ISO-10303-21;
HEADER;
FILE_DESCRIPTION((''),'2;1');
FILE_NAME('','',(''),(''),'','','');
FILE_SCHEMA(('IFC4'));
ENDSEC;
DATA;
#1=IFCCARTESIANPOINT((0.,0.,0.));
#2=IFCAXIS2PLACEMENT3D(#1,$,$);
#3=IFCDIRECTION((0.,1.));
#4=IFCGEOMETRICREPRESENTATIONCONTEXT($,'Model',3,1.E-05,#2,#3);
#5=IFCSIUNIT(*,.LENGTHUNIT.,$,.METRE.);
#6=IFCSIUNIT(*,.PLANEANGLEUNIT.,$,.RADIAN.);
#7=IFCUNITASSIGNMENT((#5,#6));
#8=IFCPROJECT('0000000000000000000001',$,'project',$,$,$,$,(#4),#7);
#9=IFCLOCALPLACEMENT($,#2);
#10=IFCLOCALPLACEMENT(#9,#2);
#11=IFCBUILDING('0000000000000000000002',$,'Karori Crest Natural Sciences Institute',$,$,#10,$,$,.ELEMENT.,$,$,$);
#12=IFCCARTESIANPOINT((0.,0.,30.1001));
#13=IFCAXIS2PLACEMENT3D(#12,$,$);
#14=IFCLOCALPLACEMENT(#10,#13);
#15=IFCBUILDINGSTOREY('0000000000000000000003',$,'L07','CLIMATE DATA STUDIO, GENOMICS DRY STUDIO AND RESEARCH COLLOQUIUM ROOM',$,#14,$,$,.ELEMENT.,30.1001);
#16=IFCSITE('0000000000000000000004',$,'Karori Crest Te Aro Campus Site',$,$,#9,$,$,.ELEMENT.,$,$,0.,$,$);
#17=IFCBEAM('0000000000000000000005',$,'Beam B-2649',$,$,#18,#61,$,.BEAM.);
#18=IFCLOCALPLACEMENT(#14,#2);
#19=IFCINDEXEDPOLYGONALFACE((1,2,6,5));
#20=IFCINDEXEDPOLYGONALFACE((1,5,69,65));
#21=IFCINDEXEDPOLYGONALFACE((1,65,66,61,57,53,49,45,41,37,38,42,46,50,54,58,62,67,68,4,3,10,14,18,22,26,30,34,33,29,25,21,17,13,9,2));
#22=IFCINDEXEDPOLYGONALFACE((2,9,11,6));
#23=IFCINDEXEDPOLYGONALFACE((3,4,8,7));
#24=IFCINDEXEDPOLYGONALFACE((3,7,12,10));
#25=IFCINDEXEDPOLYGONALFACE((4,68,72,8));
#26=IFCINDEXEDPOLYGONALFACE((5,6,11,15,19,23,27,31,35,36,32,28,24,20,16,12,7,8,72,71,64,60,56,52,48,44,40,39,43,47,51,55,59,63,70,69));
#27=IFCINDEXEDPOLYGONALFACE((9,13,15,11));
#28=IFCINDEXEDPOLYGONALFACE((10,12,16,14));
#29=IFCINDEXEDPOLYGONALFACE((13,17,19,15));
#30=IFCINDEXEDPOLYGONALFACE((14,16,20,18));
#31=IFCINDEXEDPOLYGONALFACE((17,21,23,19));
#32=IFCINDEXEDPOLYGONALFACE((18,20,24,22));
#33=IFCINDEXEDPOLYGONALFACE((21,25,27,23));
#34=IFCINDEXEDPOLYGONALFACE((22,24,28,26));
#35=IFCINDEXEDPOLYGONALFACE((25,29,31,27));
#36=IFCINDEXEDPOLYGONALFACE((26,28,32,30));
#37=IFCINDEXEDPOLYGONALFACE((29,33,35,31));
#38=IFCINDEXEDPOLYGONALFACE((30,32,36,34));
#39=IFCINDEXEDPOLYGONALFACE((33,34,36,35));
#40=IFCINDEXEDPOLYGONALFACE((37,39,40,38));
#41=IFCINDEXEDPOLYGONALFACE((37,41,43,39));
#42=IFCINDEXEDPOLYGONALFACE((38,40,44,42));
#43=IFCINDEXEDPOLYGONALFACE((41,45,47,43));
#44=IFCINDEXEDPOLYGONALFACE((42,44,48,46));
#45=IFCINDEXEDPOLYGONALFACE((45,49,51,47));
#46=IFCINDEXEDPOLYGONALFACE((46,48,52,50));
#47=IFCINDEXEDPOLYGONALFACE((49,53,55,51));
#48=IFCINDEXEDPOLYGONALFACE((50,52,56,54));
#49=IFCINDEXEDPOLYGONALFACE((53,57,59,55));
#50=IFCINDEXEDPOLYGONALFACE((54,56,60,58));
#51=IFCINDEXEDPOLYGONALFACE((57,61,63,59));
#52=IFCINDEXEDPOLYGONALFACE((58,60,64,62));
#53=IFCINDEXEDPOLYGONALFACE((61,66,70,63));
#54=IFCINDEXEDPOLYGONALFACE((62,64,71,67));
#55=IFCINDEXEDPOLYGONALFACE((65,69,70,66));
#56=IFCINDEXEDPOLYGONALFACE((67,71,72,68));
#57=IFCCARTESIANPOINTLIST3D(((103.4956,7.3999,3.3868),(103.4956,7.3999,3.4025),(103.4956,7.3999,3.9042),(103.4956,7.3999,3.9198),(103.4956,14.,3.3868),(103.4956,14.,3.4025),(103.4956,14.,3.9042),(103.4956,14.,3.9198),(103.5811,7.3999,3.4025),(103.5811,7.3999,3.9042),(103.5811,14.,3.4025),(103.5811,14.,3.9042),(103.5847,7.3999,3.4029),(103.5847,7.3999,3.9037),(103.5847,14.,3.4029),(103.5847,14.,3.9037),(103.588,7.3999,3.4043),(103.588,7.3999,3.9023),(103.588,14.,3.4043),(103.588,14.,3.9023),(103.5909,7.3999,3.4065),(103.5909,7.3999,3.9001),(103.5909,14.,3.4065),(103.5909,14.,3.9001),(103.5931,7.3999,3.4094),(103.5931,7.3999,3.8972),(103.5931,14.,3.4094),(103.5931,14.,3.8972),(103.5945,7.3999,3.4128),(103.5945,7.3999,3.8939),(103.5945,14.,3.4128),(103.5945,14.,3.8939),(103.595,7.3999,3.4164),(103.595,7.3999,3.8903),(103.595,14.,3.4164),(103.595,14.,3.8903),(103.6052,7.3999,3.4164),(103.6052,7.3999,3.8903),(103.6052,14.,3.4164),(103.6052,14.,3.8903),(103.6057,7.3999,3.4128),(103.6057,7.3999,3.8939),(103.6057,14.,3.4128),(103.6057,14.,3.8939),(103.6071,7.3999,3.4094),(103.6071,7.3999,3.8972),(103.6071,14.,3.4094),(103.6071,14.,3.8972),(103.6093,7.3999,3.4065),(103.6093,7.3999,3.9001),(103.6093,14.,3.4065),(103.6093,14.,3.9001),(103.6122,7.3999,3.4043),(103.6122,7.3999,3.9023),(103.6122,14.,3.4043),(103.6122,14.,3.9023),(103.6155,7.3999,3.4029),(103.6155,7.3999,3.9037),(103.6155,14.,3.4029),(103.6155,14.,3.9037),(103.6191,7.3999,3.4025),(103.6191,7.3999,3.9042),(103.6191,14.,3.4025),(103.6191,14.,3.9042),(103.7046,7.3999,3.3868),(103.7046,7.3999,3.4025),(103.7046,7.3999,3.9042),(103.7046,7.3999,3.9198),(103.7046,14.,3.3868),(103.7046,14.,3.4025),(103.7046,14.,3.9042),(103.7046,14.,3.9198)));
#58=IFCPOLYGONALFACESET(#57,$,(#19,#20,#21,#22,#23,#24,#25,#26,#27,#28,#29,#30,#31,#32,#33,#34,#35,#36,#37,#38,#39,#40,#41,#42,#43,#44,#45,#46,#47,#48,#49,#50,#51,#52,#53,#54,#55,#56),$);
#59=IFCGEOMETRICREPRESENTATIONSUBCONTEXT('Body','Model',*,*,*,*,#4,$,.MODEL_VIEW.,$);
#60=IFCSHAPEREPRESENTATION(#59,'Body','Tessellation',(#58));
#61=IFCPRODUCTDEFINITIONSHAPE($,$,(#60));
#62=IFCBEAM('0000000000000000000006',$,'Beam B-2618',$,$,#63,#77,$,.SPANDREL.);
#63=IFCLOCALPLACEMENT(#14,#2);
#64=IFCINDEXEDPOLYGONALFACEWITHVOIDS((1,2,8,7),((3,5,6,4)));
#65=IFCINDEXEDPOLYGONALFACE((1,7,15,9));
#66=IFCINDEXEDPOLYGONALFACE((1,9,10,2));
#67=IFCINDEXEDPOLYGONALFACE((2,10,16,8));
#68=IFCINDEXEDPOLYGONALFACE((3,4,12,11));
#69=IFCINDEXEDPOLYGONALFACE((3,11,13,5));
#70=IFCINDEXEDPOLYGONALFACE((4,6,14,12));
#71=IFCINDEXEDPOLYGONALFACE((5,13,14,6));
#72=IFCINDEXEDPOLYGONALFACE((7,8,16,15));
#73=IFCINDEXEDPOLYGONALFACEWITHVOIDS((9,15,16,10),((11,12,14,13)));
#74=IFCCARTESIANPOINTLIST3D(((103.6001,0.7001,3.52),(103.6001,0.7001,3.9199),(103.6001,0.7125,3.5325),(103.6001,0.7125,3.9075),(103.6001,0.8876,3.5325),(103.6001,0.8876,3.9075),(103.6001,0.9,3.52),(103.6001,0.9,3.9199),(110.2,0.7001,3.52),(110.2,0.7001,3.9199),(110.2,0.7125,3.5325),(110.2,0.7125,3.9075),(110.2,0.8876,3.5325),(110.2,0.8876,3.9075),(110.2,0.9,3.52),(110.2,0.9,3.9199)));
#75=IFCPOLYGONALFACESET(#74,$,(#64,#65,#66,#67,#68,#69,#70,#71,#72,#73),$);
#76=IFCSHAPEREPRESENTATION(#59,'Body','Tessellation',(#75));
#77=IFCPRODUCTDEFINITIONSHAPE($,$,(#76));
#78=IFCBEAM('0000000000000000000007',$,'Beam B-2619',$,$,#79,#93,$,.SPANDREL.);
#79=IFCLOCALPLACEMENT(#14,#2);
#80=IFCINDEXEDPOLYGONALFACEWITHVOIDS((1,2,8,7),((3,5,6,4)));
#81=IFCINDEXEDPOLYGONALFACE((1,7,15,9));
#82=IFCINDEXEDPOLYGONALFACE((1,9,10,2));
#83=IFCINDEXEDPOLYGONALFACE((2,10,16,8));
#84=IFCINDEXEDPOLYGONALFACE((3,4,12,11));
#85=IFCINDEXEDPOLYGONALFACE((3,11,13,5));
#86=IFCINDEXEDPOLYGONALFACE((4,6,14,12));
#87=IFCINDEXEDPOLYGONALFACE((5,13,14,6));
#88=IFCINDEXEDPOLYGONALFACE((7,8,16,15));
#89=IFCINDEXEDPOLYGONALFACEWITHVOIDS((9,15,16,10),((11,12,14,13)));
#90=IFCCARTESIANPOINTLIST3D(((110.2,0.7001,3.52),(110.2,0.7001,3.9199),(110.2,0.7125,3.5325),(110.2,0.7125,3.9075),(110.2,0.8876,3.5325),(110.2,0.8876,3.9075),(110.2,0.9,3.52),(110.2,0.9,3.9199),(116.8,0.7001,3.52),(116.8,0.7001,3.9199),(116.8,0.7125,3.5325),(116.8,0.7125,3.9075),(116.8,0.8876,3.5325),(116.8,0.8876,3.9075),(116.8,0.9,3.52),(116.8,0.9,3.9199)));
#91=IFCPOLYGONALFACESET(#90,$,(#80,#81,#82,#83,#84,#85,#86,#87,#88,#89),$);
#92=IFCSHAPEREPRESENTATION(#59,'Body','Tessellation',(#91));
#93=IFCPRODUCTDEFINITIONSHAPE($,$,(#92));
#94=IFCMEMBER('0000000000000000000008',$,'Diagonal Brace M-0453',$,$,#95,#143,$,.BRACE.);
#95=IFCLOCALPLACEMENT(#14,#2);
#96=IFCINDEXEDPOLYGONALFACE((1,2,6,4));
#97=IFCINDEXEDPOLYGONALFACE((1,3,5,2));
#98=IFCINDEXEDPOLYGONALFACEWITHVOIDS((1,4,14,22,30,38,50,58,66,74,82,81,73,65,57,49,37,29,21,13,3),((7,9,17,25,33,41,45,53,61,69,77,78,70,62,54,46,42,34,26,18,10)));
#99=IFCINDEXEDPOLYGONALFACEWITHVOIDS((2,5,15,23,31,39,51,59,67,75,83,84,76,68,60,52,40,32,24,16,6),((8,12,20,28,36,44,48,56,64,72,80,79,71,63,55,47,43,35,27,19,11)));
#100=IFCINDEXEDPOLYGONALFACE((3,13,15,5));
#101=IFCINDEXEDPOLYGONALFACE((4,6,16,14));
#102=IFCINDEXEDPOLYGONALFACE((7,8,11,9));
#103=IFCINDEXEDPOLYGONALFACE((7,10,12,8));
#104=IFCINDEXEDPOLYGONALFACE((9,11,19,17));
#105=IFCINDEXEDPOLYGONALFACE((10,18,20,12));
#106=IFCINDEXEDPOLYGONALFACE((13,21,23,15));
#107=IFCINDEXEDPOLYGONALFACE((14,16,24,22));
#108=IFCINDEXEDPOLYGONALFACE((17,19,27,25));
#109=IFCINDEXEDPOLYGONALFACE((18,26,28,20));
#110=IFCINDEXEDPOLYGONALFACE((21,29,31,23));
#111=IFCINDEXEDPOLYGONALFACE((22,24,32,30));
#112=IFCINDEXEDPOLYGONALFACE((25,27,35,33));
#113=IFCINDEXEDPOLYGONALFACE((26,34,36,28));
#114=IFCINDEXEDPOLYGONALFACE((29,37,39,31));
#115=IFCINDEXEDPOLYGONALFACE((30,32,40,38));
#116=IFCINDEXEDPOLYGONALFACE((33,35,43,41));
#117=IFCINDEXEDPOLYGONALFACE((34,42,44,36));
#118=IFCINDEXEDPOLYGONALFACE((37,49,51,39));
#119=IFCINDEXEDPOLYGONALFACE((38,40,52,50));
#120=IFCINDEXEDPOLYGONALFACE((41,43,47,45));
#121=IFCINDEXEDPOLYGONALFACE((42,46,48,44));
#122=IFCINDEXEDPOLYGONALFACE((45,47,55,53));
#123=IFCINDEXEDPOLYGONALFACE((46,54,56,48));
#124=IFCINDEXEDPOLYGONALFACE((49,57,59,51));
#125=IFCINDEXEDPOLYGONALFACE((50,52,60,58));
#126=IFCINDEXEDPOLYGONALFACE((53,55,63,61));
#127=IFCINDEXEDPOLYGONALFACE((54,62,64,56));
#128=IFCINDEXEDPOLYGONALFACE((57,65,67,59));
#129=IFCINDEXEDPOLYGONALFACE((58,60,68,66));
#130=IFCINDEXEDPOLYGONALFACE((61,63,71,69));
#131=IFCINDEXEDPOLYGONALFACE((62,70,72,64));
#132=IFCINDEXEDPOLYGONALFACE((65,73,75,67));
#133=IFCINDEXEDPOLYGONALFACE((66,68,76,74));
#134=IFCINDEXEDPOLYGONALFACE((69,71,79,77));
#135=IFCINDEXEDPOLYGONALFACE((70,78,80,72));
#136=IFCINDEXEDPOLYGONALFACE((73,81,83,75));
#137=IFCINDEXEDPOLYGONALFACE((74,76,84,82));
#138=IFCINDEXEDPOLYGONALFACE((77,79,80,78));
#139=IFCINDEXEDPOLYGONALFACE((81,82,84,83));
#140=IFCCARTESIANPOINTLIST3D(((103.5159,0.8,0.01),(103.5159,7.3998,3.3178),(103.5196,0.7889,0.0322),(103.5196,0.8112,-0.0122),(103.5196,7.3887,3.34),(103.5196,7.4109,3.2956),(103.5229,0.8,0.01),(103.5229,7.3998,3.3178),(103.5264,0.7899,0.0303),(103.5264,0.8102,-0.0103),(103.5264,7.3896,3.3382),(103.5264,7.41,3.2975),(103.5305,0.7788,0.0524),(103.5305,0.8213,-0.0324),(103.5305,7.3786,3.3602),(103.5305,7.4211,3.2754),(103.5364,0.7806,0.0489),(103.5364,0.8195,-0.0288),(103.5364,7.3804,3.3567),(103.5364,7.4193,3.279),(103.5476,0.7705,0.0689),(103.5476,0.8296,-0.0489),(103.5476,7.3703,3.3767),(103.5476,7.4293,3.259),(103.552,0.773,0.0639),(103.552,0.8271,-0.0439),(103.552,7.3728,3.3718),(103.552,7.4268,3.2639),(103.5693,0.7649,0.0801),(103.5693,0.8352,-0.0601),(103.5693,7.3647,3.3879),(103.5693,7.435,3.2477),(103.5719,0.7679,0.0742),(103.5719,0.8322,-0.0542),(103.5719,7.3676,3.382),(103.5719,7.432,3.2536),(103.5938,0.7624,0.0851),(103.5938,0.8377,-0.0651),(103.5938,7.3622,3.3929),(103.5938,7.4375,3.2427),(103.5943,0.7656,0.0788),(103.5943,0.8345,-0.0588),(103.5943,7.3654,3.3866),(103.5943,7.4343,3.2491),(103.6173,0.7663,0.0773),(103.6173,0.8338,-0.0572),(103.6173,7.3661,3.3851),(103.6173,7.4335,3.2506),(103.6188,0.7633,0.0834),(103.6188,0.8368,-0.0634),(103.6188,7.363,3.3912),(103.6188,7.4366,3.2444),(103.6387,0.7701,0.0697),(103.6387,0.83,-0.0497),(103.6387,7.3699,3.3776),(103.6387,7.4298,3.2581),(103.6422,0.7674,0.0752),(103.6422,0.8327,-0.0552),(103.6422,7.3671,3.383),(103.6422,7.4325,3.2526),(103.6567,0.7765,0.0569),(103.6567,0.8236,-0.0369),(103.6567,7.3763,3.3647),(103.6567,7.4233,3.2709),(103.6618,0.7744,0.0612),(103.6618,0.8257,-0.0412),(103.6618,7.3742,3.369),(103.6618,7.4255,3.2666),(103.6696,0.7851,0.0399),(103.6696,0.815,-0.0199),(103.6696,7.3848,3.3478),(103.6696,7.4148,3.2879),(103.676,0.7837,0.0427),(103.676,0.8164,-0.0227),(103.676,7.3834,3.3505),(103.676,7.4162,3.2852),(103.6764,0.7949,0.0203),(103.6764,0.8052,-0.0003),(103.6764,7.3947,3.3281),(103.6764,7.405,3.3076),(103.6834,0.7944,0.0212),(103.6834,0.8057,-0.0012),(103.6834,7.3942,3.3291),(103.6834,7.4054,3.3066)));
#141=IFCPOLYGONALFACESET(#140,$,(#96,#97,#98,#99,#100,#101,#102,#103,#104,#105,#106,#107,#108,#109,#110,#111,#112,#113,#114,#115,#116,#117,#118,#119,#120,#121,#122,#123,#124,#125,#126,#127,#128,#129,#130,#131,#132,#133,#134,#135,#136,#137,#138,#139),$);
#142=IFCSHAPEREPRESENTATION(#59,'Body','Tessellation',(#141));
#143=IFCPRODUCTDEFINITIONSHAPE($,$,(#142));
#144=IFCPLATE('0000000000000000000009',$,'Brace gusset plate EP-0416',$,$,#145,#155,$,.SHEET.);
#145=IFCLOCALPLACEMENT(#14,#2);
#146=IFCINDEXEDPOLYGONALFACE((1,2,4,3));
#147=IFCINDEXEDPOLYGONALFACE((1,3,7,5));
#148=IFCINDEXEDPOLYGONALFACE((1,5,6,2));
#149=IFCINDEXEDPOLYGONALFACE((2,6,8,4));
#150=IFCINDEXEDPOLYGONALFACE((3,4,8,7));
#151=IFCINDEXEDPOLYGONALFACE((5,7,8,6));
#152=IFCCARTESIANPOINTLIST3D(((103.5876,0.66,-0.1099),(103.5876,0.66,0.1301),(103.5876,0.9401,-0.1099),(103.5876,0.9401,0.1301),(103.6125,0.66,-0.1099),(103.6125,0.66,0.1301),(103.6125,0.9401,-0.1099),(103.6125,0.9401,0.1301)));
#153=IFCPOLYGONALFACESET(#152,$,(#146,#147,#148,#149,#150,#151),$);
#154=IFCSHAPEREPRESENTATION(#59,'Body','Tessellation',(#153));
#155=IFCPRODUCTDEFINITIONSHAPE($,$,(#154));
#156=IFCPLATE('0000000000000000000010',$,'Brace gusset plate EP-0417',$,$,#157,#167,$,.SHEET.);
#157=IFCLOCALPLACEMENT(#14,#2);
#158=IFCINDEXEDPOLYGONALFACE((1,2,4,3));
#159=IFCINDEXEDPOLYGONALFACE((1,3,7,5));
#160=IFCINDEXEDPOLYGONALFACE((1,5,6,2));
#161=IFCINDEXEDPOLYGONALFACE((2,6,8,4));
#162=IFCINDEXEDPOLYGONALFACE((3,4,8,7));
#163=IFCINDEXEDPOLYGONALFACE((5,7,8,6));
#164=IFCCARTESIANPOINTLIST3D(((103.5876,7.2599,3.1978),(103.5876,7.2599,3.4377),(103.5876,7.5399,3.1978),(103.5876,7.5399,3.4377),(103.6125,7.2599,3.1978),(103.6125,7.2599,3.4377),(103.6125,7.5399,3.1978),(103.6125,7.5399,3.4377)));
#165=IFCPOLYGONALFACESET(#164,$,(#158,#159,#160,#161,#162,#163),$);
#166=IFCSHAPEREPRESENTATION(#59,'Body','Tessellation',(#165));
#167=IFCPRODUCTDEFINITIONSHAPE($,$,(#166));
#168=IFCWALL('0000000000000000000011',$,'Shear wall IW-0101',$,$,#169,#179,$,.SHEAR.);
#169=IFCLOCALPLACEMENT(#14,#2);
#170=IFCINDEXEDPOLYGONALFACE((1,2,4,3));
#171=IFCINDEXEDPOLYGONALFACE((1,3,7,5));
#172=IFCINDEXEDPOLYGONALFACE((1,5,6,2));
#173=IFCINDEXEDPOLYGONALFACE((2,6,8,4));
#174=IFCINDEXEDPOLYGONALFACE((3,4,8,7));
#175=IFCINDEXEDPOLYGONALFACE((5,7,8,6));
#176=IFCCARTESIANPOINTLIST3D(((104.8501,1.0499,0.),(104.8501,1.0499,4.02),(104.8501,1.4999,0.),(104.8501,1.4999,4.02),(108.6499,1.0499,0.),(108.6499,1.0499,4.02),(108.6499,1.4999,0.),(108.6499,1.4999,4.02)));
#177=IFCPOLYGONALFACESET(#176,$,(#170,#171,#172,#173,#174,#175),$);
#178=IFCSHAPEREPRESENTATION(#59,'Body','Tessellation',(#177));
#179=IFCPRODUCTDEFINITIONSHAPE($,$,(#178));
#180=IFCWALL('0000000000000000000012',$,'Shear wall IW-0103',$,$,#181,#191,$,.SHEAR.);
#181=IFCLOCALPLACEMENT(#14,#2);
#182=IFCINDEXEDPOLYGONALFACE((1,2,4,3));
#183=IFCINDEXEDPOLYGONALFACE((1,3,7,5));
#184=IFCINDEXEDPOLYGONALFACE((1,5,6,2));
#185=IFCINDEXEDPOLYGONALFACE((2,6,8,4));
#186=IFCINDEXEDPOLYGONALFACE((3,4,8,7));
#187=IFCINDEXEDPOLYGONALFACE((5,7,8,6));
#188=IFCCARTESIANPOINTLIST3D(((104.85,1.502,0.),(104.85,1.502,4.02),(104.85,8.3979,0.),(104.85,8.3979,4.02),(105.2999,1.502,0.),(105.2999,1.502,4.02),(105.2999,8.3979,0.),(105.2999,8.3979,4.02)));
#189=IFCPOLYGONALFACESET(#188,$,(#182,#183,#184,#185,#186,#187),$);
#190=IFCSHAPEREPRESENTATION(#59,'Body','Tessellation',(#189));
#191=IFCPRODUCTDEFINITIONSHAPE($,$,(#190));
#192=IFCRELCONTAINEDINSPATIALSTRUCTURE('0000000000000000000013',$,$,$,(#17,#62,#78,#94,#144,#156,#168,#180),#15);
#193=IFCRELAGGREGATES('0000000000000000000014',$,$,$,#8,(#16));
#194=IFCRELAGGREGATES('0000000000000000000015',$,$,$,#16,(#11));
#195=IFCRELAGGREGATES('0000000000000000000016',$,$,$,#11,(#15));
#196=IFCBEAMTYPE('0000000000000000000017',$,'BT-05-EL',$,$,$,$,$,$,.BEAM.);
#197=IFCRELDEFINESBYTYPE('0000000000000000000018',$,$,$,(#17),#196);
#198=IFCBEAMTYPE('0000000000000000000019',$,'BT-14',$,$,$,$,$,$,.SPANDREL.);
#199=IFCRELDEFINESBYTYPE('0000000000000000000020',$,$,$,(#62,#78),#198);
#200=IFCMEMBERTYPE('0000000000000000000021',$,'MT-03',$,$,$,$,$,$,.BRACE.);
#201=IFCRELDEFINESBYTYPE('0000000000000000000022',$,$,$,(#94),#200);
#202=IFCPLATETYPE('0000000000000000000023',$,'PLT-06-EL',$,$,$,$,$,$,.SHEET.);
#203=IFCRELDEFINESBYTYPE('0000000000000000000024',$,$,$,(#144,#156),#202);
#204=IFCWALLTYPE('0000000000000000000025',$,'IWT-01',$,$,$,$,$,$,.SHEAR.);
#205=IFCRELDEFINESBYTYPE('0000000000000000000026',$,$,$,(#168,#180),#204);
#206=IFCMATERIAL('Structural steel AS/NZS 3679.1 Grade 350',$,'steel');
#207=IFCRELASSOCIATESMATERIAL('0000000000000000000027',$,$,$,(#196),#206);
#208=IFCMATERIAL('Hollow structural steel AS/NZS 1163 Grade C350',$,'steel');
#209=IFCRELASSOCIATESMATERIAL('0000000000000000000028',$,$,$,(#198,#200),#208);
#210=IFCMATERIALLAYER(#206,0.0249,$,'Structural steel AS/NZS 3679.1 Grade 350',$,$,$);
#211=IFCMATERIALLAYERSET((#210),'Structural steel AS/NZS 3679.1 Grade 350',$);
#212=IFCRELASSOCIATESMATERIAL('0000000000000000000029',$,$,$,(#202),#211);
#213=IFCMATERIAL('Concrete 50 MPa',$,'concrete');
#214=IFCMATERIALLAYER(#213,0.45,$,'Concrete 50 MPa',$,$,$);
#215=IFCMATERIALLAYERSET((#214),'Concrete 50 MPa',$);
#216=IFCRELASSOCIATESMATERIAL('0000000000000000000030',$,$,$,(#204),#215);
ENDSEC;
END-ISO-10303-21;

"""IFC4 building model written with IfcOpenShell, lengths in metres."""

from ifc_helpers import new_model, si_unit, direction, frame, frame_2d, origin, origin_2d, place, context, subcontext, project, spatial, rectangle, hollow_rectangle, hollow_circle, i_section, extrude, material, layer, layer_set, material_profile, profile_set, type_object, element, save


model = new_model("IFC4")

# Units and contexts
model_context = context("Model", 3, precision=1e-05, world=origin(), true_north=direction((0.0, 1.0)))
body_context = subcontext(model_context, "Body", "Model", "MODEL_VIEW")
ifc_project = project(units=[si_unit("LENGTHUNIT", "METRE"), si_unit("PLANEANGLEUNIT", "RADIAN")], contexts=[model_context])

# Site, building, storey
site_placement = place(None, origin())
site = spatial("IfcSite", under=ifc_project, at=site_placement, Name="Karori Crest Te Aro Campus Site", CompositionType="ELEMENT", RefElevation=0.0)
building_placement = place(site_placement, origin())
building = spatial("IfcBuilding", under=site, at=building_placement, Name="Karori Crest Natural Sciences Institute", CompositionType="ELEMENT")
storey_placement = place(building_placement, frame((0.0, 0.0, 30.1001)))
storey = spatial("IfcBuildingStorey", under=building, at=storey_placement, Name="L07", Description="CLIMATE DATA STUDIO, GENOMICS DRY STUDIO AND RESEARCH COLLOQUIUM ROOM", CompositionType="ELEMENT", Elevation=30.1001)

# Shared definitions
ifc_material_1 = material(Name="Structural steel AS/NZS 3679.1 Grade 350", Category="steel")
ifc_material_2 = material(Name="Concrete 50 MPa", Category="concrete")

# Beams
ifc_material_profile_1 = material_profile(ifc_material_1, i_section(OverallWidth=0.209, OverallDepth=0.533, WebThickness=0.0103, FlangeThickness=0.0156, FilletRadius=0.0139, at=origin_2d()), Name="530UB92.4")
ifc_profile_set_1 = profile_set([ifc_material_profile_1], Name="Structural steel AS/NZS 3679.1 Grade 350")
beam_type_1 = type_object("IfcBeamType", Name="BT-05-EL", PredefinedType="BEAM", material=ifc_profile_set_1)
beam_1_placement = place(storey_placement, frame((103.6001, 7.3999, 3.6533), z_axis=(0.0, 1.0, 0.0), x_axis=(-1.0, 0.0, 0.0)))
element("IfcBeam", 1, at=beam_1_placement, inside=storey, type_object=beam_type_1, Name="Beam B-2649", PredefinedType="BEAM", context=body_context, shape_type="SweptSolid", body=[
    extrude(i_section(OverallWidth=0.209, OverallDepth=0.533, WebThickness=0.0103, FlangeThickness=0.0156, FilletRadius=0.0139, at=origin_2d()), origin(), (0.0, 0.0, 1.0), 6.6001),
])
ifc_material_3 = material(Name="Hollow structural steel AS/NZS 1163 Grade C350", Category="steel")
ifc_material_profile_2 = material_profile(ifc_material_3, hollow_rectangle(XDim=0.2, YDim=0.3999, WallThickness=0.0125, at=origin_2d()), Name="RHS400x200x12.5")
ifc_profile_set_2 = profile_set([ifc_material_profile_2], Name="Hollow structural steel AS/NZS 1163 Grade C350")
beam_type_2 = type_object("IfcBeamType", Name="BT-14", PredefinedType="SPANDREL", material=ifc_profile_set_2)
beam_2_placement = place(storey_placement, frame((103.6001, 0.8, 3.72), z_axis=(1.0, 0.0, 0.0), x_axis=(0.0, 1.0, 0.0)))
element("IfcBeam", 2, at=beam_2_placement, inside=storey, type_object=beam_type_2, Name="Beam B-2618", PredefinedType="SPANDREL", context=body_context, shape_type="SweptSolid", body=[
    extrude(hollow_rectangle(XDim=0.2, YDim=0.3999, WallThickness=0.0125, at=origin_2d()), origin(), (0.0, 0.0, 1.0), 6.5999),
])
beam_3_placement = place(storey_placement, frame((110.2, 0.8, 3.72), z_axis=(1.0, 0.0, 0.0), x_axis=(0.0, 1.0, 0.0)))
element("IfcBeam", 3, at=beam_3_placement, inside=storey, type_object=beam_type_2, Name="Beam B-2619", PredefinedType="SPANDREL", context=body_context, shape_type="SweptSolid", body=[
    extrude(hollow_rectangle(XDim=0.2, YDim=0.3999, WallThickness=0.0125, at=origin_2d()), origin(), (0.0, 0.0, 1.0), 6.6001),
])

# Member
ifc_material_profile_3 = material_profile(ifc_material_3, hollow_circle(Radius=0.0842, WallThickness=0.0071, at=origin_2d()), Name="CHS168.3x7.1")
ifc_profile_set_3 = profile_set([ifc_material_profile_3], Name="Hollow structural steel AS/NZS 1163 Grade C350")
member_type = type_object("IfcMemberType", Name="MT-03", PredefinedType="BRACE", material=ifc_profile_set_3)
member_placement = place(storey_placement, frame((103.6001, 0.8, 0.01), z_axis=(0.0, 0.893997, 0.448073), x_axis=(-1.0, 0.0, 0.0)))
element("IfcMember", 4, at=member_placement, inside=storey, type_object=member_type, Name="Diagonal Brace M-0453", PredefinedType="BRACE", context=body_context, shape_type="SweptSolid", body=[
    extrude(hollow_circle(Radius=0.0842, WallThickness=0.0071, at=origin_2d()), origin(), (0.0, 0.0, 1.0), 7.3823),
])

# Plates
ifc_layer_1 = layer(ifc_material_1, 0.0249, Name="Structural steel AS/NZS 3679.1 Grade 350")
ifc_layer_set_1 = layer_set([ifc_layer_1], Name="Structural steel AS/NZS 3679.1 Grade 350")
plate_type = type_object("IfcPlateType", Name="PLT-06-EL", PredefinedType="SHEET", material=ifc_layer_set_1)
for number, where, z_axis, x_axis, name in (
    (5, (103.6001, 0.8, -0.1099), (0.0, 0.0, 1.0), (0.0, 1.0, 0.0), "Brace gusset plate EP-0416"),
    (6, (103.6001, 7.3999, 3.1978), (0.0, 0.0, 1.0), (0.0, 1.0, 0.0), "Brace gusset plate EP-0417"),
):
    element("IfcPlate", number, at=place(storey_placement, frame(where, z_axis=z_axis, x_axis=x_axis)), inside=storey, type_object=plate_type, Name=name, PredefinedType="SHEET", context=body_context, shape_type="SweptSolid", body=[
        extrude(rectangle(XDim=0.28, YDim=0.0249, at=origin_2d()), origin(), (0.0, 0.0, 1.0), 0.24),
    ])

# Walls
ifc_layer_2 = layer(ifc_material_2, 0.45, Name="Concrete 50 MPa")
ifc_layer_set_2 = layer_set([ifc_layer_2], Name="Concrete 50 MPa")
wall_type_1 = type_object("IfcWallType", Name="IWT-01", PredefinedType="SHEAR", material=ifc_layer_set_2)
wall_1_placement = place(storey_placement, frame((104.8501, 1.2749, 0.0), z_axis=(0.0, 0.0, 1.0), x_axis=(1.0, 0.0, 0.0)))
element("IfcWall", 7, at=wall_1_placement, inside=storey, type_object=wall_type_1, Name="Shear wall IW-0101", PredefinedType="SHEAR", context=body_context, shape_type="SweptSolid", body=[
    extrude(rectangle(XDim=3.7998, YDim=0.45, at=frame_2d((1.8999, 0.0))), origin(), (0.0, 0.0, 1.0), 4.02),
])
wall_2_placement = place(storey_placement, frame((105.075, 1.502, 0.0), z_axis=(0.0, 0.0, 1.0), x_axis=(0.0, 1.0, 0.0)))
element("IfcWall", 8, at=wall_2_placement, inside=storey, type_object=wall_type_1, Name="Shear wall IW-0103", PredefinedType="SHEAR", context=body_context, shape_type="SweptSolid", body=[
    extrude(rectangle(XDim=6.896, YDim=0.45, at=frame_2d((3.448, 0.0))), origin(), (0.0, 0.0, 1.0), 4.02),
])

save(model, "model.ifc")
